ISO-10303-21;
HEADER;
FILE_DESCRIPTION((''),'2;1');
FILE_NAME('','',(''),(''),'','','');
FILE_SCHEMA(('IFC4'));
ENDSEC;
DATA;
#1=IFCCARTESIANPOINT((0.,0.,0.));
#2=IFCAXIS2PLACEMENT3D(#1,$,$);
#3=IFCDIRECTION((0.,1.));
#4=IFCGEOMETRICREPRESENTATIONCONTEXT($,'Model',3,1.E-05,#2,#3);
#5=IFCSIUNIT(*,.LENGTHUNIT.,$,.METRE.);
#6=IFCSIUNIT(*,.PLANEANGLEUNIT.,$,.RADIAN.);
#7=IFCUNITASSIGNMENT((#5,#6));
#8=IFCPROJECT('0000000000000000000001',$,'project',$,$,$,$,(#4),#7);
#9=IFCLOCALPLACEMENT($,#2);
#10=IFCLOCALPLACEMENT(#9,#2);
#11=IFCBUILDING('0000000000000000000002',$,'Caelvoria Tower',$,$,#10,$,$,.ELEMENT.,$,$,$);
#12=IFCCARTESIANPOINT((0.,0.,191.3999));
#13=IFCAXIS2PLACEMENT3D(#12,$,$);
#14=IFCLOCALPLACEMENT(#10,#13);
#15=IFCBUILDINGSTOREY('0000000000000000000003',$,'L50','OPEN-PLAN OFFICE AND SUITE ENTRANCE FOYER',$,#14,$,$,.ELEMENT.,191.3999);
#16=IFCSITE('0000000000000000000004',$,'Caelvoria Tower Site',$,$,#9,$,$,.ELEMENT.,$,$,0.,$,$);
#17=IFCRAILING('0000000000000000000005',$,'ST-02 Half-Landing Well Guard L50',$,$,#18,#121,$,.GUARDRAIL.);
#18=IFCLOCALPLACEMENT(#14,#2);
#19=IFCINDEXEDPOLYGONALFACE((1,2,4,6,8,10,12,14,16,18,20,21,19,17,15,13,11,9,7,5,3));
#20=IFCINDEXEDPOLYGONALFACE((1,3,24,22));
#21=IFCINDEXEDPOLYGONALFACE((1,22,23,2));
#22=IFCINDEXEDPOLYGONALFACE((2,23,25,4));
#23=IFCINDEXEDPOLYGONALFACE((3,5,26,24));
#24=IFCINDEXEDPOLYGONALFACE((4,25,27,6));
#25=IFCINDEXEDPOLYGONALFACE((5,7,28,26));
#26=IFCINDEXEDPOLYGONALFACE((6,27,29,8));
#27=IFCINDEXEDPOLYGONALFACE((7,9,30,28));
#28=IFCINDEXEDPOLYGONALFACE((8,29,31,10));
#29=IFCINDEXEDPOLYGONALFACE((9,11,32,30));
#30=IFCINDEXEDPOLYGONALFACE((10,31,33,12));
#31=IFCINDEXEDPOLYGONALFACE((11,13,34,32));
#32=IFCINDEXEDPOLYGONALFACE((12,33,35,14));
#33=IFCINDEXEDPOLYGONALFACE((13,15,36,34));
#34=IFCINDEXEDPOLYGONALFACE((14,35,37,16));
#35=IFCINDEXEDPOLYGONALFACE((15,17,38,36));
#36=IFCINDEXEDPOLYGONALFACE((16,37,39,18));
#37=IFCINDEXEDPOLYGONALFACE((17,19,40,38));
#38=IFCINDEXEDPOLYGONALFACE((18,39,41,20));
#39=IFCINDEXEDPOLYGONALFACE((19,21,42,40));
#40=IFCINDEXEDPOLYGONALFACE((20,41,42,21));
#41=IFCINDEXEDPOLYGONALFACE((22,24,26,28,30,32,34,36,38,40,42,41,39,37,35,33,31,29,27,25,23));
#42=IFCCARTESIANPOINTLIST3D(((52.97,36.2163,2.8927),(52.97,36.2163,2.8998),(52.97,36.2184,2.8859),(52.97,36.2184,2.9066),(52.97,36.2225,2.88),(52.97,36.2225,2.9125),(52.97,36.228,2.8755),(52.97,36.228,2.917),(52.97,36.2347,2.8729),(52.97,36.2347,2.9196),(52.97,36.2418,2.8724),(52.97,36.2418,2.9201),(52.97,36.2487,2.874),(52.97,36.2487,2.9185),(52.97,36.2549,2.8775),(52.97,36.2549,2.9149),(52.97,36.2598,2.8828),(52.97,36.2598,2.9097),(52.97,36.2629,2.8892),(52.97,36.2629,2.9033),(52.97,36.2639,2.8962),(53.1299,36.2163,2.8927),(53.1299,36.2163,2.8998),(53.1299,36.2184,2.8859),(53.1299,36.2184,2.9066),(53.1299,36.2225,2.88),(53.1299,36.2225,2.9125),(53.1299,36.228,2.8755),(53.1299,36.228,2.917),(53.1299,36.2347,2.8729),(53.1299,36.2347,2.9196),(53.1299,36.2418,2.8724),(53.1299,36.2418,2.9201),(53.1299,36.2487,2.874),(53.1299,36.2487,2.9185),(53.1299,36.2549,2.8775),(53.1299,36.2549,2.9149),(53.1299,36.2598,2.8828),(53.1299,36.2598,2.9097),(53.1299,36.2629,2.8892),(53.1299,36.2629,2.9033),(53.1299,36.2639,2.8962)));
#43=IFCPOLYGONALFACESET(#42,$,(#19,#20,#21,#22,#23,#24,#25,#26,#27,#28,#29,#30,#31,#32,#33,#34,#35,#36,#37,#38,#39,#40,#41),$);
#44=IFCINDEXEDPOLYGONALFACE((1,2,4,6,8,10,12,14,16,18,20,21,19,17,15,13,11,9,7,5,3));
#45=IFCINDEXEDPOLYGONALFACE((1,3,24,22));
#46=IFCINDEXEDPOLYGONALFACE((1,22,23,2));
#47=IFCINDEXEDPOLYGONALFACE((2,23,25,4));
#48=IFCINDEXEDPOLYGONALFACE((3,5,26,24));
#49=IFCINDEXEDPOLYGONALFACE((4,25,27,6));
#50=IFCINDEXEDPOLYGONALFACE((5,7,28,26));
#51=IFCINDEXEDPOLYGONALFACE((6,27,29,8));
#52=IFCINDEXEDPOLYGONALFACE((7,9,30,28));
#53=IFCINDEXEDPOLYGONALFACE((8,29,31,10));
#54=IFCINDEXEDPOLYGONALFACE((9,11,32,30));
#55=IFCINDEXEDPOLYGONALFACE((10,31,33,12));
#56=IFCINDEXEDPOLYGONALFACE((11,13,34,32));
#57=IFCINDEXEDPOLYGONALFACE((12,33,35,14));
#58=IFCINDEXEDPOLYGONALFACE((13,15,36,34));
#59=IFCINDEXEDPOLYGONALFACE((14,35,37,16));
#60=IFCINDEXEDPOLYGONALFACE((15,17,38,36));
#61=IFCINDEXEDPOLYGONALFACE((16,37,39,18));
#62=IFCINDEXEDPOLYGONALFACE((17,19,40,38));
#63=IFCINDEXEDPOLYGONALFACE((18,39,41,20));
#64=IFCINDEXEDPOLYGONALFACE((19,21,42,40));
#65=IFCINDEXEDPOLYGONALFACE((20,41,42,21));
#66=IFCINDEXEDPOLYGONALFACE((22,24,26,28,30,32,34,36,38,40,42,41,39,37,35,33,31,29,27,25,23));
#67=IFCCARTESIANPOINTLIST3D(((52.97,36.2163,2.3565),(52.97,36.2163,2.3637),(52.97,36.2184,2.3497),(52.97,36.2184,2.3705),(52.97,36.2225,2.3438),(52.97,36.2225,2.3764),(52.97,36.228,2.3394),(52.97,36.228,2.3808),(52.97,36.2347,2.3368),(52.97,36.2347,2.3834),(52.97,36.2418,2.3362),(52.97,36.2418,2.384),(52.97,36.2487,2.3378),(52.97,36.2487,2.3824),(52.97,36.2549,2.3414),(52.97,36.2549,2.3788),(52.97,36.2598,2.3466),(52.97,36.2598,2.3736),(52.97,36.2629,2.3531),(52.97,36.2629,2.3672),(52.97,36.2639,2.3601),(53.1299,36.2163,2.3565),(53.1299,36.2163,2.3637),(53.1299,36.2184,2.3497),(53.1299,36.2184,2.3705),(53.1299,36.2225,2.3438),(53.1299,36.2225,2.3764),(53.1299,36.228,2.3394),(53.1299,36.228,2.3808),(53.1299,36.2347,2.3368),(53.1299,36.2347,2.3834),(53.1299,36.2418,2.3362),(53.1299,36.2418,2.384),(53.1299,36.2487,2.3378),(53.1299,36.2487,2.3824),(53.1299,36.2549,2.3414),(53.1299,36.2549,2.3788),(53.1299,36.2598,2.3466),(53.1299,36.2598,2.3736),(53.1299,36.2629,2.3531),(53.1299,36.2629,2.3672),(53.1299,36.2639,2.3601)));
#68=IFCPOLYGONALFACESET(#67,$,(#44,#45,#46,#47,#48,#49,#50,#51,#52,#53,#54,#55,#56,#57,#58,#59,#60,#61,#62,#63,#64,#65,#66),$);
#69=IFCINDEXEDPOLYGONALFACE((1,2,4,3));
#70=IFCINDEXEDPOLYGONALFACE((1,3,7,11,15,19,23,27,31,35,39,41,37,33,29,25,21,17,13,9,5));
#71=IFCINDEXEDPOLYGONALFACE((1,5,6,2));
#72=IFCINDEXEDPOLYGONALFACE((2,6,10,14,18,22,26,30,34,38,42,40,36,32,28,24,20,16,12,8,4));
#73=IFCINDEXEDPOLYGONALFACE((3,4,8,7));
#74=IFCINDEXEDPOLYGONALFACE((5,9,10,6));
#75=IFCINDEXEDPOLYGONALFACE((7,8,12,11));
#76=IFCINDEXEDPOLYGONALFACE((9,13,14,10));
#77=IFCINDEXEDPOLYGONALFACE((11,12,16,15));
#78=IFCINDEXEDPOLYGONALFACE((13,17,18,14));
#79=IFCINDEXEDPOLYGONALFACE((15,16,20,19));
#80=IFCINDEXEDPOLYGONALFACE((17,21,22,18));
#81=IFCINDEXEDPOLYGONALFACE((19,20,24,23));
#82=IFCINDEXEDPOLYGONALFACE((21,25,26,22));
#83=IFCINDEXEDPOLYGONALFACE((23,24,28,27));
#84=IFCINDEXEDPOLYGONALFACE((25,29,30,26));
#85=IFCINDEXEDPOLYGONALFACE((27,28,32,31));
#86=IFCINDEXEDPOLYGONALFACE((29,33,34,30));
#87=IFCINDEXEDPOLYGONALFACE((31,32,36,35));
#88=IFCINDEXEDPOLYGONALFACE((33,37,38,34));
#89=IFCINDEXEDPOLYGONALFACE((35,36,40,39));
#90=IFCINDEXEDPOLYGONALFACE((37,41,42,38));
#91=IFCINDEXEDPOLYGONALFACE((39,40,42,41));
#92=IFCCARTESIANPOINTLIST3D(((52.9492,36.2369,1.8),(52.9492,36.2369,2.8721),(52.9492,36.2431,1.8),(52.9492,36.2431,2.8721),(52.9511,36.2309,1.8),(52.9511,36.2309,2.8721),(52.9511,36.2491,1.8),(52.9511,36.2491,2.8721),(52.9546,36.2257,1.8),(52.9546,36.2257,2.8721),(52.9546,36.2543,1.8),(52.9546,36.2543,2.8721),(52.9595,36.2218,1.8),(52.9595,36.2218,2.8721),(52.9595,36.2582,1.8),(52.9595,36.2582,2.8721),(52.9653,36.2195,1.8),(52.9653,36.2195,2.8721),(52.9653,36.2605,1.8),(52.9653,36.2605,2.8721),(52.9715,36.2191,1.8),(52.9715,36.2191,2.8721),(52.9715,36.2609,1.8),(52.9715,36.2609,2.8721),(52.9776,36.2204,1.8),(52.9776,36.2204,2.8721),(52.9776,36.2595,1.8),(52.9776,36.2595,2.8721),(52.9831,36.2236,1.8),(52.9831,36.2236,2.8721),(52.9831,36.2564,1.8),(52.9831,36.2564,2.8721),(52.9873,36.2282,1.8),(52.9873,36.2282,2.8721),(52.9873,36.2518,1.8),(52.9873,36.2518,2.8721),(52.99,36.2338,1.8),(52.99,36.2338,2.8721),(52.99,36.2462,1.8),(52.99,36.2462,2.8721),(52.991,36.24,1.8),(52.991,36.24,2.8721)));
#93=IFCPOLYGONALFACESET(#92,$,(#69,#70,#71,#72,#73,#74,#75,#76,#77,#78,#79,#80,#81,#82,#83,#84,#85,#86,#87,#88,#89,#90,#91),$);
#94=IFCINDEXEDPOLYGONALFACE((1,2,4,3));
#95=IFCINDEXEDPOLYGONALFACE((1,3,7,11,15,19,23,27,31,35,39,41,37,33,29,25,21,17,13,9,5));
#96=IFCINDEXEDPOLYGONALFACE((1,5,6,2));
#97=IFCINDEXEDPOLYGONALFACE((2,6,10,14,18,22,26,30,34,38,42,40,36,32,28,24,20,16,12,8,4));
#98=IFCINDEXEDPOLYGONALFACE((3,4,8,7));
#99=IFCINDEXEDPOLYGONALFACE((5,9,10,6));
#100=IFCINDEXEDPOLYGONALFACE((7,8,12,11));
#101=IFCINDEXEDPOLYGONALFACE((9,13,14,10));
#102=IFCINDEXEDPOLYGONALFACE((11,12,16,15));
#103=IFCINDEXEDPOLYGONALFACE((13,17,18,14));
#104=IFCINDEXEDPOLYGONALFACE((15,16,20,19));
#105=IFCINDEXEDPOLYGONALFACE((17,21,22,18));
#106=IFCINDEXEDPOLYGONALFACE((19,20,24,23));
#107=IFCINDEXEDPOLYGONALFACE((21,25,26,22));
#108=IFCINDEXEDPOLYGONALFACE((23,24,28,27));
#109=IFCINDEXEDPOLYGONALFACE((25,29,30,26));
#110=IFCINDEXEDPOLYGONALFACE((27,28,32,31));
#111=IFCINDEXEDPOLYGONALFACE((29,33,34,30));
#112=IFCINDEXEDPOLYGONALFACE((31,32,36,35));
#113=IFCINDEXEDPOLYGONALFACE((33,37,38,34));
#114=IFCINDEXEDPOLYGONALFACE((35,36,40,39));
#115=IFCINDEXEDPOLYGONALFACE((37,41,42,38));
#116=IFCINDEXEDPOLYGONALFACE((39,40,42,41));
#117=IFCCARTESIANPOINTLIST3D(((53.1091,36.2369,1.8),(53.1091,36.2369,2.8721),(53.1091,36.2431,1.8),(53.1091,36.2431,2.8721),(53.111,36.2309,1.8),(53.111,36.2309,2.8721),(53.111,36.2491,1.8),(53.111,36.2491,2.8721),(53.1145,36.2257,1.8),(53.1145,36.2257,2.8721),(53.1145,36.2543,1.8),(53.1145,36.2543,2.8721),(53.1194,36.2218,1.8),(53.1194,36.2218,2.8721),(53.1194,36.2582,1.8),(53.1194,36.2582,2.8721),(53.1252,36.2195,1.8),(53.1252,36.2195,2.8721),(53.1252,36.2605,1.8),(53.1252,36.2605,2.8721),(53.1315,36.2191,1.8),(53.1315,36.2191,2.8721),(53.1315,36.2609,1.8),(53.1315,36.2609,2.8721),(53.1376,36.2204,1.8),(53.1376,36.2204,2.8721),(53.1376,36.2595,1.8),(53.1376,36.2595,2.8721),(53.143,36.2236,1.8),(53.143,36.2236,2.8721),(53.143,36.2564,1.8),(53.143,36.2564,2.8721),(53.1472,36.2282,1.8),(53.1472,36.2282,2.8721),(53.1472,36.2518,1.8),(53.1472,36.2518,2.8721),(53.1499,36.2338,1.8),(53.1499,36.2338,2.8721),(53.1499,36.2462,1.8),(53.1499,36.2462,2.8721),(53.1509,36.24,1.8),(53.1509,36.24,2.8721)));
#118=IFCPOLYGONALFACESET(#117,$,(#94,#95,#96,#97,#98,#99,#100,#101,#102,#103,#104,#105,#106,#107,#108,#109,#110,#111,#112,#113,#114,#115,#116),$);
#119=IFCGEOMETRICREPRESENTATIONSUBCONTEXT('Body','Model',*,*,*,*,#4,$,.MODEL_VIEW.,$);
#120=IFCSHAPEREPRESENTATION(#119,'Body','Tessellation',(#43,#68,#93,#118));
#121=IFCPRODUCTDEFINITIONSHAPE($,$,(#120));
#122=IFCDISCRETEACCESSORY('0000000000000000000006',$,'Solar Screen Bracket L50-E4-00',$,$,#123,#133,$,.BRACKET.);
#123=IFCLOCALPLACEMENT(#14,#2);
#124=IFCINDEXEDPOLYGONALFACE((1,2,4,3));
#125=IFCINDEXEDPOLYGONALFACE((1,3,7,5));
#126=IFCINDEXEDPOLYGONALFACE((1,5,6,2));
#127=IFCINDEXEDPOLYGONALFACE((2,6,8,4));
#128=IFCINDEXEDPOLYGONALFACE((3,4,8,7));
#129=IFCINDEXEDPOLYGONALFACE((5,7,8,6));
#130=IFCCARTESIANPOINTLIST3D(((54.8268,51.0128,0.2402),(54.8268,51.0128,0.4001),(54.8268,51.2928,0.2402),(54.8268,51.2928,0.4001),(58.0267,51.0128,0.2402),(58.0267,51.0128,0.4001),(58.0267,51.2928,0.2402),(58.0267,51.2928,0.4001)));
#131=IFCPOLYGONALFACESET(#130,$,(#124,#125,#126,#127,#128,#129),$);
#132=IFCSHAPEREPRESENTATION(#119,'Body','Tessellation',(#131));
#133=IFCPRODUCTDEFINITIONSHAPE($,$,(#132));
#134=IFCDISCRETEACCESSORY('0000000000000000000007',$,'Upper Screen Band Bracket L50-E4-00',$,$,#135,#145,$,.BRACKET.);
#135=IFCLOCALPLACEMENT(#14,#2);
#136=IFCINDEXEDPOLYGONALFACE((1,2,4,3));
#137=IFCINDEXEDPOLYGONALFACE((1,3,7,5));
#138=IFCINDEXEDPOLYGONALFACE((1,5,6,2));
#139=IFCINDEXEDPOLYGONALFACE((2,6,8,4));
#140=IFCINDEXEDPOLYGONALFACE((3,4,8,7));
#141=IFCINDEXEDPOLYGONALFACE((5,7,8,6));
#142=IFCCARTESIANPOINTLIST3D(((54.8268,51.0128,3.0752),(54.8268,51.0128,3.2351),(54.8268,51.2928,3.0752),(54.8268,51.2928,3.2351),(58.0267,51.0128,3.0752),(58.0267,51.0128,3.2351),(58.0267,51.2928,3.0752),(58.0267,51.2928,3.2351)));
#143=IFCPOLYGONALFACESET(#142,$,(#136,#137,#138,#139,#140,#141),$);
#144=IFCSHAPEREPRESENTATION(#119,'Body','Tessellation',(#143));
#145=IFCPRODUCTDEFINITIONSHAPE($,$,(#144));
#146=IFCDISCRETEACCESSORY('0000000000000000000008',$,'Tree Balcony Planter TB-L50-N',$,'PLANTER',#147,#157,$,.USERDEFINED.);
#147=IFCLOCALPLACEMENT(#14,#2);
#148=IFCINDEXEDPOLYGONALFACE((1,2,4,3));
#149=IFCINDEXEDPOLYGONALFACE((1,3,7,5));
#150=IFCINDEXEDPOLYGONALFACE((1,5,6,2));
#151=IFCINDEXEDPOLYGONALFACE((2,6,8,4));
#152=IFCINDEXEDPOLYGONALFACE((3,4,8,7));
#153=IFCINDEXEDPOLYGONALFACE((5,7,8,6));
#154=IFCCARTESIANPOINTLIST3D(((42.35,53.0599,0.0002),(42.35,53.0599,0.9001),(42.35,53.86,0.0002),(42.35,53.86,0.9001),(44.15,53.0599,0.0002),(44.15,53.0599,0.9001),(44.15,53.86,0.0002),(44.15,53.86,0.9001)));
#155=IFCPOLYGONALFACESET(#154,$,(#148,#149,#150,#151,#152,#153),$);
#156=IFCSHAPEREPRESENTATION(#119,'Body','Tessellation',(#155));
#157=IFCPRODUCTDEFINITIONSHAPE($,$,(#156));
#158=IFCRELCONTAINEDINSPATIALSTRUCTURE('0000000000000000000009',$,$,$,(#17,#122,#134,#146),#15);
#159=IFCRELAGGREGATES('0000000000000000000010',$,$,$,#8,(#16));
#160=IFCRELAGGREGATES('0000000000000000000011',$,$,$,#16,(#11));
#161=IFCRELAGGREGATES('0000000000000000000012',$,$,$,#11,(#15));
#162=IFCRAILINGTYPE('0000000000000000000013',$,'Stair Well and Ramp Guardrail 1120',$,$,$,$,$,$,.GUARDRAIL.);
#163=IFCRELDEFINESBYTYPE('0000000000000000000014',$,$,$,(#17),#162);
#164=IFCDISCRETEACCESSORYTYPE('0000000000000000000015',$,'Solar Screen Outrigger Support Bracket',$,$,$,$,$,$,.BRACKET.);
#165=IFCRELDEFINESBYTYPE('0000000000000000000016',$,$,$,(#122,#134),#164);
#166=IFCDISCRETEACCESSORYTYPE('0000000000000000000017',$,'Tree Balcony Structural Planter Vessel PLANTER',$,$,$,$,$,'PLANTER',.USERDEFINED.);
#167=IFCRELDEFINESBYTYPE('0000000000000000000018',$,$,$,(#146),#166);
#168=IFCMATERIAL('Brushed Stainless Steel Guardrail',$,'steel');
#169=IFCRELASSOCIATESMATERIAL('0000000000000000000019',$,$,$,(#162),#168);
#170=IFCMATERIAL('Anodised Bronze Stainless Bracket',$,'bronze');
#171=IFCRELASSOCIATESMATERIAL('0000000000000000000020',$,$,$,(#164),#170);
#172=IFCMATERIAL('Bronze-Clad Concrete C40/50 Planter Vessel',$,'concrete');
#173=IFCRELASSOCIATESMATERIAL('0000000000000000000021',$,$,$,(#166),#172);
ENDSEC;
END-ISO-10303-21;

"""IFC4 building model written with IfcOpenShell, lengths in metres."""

from ifc_helpers import new_model, si_unit, direction, frame, origin, origin_2d, place, context, subcontext, project, spatial, rectangle, circle, extrude, material, type_object, element, save


model = new_model("IFC4")

# Units and contexts
model_context = context("Model", 3, precision=1e-05, world=origin(), true_north=direction((0.0, 1.0)))
body_context = subcontext(model_context, "Body", "Model", "MODEL_VIEW")
ifc_project = project(units=[si_unit("LENGTHUNIT", "METRE"), si_unit("PLANEANGLEUNIT", "RADIAN")], contexts=[model_context])

# Site, building, storey
site_placement = place(None, origin())
site = spatial("IfcSite", under=ifc_project, at=site_placement, Name="Caelvoria Tower Site", CompositionType="ELEMENT", RefElevation=0.0)
building_placement = place(site_placement, origin())
building = spatial("IfcBuilding", under=site, at=building_placement, Name="Caelvoria Tower", CompositionType="ELEMENT")
storey_placement = place(building_placement, frame((0.0, 0.0, 191.3999)))
storey = spatial("IfcBuildingStorey", under=building, at=storey_placement, Name="L50", Description="OPEN-PLAN OFFICE AND SUITE ENTRANCE FOYER", CompositionType="ELEMENT", Elevation=191.3999)

# Railing
ifc_material_1 = material(Name="Brushed Stainless Steel Guardrail", Category="steel")
railing_type_1 = type_object("IfcRailingType", Name="Stair Well and Ramp Guardrail 1120", PredefinedType="GUARDRAIL", material=ifc_material_1)
railing_1_placement = place(storey_placement, frame((52.97, 36.24, 1.8)))
element("IfcRailing", 1, at=railing_1_placement, inside=storey, type_object=railing_type_1, Name="ST-02 Half-Landing Well Guard L50", PredefinedType="GUARDRAIL", context=body_context, shape_type="SweptSolid", body=[
    extrude(circle(Radius=0.0239, at=origin_2d()), frame((0.0, 0.0, 1.0962), z_axis=(1.0, 0.0, 0.0), x_axis=(0.0, 1.0, 0.0)), (0.0, 0.0, 1.0), 0.1599),
    extrude(circle(Radius=0.0239, at=origin_2d()), frame((0.0, 0.0, 0.5601), z_axis=(1.0, 0.0, 0.0), x_axis=(0.0, 1.0, 0.0)), (0.0, 0.0, 1.0), 0.1599),
    extrude(circle(Radius=0.021, at=origin_2d()), origin(), (0.0, 0.0, 1.0), 1.072),
    extrude(circle(Radius=0.021, at=origin_2d()), frame((0.1599, 0.0, 0.0)), (0.0, 0.0, 1.0), 1.072),
])

# Discrete accessories
ifc_material_2 = material(Name="Anodised Bronze Stainless Bracket", Category="bronze")
discrete_accessory_type_1 = type_object("IfcDiscreteAccessoryType", Name="Solar Screen Outrigger Support Bracket", PredefinedType="BRACKET", material=ifc_material_2)
for number, where, z_axis, x_axis, name in (
    (2, (56.4268, 51.1528, 0.2402), (0.0, 0.0, 1.0), (-1.0, 0.0, 0.0), "Solar Screen Bracket L50-E4-00"),
    (3, (56.4268, 51.1528, 3.0752), (0.0, 0.0, 1.0), (-1.0, 0.0, 0.0), "Upper Screen Band Bracket L50-E4-00"),
):
    element("IfcDiscreteAccessory", number, at=place(storey_placement, frame(where, z_axis=z_axis, x_axis=x_axis)), inside=storey, type_object=discrete_accessory_type_1, Name=name, PredefinedType="BRACKET", context=body_context, shape_type="SweptSolid", body=[
        extrude(rectangle(XDim=3.2, YDim=0.28, at=origin_2d()), origin(), (0.0, 0.0, 1.0), 0.1599),
    ])
ifc_material_3 = material(Name="Bronze-Clad Concrete C40/50 Planter Vessel", Category="concrete")
discrete_accessory_type_2 = type_object("IfcDiscreteAccessoryType", Name="Tree Balcony Structural Planter Vessel PLANTER", ElementType="PLANTER", PredefinedType="USERDEFINED", material=ifc_material_3)
discrete_accessory_placement = place(storey_placement, frame((43.25, 53.46, 0.0002), z_axis=(0.0, 0.0, 1.0), x_axis=(1.0, 0.0, 0.0)))
element("IfcDiscreteAccessory", 4, at=discrete_accessory_placement, inside=storey, type_object=discrete_accessory_type_2, Name="Tree Balcony Planter TB-L50-N", ObjectType="PLANTER", PredefinedType="USERDEFINED", context=body_context, shape_type="SweptSolid", body=[
    extrude(rectangle(XDim=1.8, YDim=0.8, at=origin_2d()), origin(), (0.0, 0.0, 1.0), 0.8999),
])

save(model, "model.ifc")
